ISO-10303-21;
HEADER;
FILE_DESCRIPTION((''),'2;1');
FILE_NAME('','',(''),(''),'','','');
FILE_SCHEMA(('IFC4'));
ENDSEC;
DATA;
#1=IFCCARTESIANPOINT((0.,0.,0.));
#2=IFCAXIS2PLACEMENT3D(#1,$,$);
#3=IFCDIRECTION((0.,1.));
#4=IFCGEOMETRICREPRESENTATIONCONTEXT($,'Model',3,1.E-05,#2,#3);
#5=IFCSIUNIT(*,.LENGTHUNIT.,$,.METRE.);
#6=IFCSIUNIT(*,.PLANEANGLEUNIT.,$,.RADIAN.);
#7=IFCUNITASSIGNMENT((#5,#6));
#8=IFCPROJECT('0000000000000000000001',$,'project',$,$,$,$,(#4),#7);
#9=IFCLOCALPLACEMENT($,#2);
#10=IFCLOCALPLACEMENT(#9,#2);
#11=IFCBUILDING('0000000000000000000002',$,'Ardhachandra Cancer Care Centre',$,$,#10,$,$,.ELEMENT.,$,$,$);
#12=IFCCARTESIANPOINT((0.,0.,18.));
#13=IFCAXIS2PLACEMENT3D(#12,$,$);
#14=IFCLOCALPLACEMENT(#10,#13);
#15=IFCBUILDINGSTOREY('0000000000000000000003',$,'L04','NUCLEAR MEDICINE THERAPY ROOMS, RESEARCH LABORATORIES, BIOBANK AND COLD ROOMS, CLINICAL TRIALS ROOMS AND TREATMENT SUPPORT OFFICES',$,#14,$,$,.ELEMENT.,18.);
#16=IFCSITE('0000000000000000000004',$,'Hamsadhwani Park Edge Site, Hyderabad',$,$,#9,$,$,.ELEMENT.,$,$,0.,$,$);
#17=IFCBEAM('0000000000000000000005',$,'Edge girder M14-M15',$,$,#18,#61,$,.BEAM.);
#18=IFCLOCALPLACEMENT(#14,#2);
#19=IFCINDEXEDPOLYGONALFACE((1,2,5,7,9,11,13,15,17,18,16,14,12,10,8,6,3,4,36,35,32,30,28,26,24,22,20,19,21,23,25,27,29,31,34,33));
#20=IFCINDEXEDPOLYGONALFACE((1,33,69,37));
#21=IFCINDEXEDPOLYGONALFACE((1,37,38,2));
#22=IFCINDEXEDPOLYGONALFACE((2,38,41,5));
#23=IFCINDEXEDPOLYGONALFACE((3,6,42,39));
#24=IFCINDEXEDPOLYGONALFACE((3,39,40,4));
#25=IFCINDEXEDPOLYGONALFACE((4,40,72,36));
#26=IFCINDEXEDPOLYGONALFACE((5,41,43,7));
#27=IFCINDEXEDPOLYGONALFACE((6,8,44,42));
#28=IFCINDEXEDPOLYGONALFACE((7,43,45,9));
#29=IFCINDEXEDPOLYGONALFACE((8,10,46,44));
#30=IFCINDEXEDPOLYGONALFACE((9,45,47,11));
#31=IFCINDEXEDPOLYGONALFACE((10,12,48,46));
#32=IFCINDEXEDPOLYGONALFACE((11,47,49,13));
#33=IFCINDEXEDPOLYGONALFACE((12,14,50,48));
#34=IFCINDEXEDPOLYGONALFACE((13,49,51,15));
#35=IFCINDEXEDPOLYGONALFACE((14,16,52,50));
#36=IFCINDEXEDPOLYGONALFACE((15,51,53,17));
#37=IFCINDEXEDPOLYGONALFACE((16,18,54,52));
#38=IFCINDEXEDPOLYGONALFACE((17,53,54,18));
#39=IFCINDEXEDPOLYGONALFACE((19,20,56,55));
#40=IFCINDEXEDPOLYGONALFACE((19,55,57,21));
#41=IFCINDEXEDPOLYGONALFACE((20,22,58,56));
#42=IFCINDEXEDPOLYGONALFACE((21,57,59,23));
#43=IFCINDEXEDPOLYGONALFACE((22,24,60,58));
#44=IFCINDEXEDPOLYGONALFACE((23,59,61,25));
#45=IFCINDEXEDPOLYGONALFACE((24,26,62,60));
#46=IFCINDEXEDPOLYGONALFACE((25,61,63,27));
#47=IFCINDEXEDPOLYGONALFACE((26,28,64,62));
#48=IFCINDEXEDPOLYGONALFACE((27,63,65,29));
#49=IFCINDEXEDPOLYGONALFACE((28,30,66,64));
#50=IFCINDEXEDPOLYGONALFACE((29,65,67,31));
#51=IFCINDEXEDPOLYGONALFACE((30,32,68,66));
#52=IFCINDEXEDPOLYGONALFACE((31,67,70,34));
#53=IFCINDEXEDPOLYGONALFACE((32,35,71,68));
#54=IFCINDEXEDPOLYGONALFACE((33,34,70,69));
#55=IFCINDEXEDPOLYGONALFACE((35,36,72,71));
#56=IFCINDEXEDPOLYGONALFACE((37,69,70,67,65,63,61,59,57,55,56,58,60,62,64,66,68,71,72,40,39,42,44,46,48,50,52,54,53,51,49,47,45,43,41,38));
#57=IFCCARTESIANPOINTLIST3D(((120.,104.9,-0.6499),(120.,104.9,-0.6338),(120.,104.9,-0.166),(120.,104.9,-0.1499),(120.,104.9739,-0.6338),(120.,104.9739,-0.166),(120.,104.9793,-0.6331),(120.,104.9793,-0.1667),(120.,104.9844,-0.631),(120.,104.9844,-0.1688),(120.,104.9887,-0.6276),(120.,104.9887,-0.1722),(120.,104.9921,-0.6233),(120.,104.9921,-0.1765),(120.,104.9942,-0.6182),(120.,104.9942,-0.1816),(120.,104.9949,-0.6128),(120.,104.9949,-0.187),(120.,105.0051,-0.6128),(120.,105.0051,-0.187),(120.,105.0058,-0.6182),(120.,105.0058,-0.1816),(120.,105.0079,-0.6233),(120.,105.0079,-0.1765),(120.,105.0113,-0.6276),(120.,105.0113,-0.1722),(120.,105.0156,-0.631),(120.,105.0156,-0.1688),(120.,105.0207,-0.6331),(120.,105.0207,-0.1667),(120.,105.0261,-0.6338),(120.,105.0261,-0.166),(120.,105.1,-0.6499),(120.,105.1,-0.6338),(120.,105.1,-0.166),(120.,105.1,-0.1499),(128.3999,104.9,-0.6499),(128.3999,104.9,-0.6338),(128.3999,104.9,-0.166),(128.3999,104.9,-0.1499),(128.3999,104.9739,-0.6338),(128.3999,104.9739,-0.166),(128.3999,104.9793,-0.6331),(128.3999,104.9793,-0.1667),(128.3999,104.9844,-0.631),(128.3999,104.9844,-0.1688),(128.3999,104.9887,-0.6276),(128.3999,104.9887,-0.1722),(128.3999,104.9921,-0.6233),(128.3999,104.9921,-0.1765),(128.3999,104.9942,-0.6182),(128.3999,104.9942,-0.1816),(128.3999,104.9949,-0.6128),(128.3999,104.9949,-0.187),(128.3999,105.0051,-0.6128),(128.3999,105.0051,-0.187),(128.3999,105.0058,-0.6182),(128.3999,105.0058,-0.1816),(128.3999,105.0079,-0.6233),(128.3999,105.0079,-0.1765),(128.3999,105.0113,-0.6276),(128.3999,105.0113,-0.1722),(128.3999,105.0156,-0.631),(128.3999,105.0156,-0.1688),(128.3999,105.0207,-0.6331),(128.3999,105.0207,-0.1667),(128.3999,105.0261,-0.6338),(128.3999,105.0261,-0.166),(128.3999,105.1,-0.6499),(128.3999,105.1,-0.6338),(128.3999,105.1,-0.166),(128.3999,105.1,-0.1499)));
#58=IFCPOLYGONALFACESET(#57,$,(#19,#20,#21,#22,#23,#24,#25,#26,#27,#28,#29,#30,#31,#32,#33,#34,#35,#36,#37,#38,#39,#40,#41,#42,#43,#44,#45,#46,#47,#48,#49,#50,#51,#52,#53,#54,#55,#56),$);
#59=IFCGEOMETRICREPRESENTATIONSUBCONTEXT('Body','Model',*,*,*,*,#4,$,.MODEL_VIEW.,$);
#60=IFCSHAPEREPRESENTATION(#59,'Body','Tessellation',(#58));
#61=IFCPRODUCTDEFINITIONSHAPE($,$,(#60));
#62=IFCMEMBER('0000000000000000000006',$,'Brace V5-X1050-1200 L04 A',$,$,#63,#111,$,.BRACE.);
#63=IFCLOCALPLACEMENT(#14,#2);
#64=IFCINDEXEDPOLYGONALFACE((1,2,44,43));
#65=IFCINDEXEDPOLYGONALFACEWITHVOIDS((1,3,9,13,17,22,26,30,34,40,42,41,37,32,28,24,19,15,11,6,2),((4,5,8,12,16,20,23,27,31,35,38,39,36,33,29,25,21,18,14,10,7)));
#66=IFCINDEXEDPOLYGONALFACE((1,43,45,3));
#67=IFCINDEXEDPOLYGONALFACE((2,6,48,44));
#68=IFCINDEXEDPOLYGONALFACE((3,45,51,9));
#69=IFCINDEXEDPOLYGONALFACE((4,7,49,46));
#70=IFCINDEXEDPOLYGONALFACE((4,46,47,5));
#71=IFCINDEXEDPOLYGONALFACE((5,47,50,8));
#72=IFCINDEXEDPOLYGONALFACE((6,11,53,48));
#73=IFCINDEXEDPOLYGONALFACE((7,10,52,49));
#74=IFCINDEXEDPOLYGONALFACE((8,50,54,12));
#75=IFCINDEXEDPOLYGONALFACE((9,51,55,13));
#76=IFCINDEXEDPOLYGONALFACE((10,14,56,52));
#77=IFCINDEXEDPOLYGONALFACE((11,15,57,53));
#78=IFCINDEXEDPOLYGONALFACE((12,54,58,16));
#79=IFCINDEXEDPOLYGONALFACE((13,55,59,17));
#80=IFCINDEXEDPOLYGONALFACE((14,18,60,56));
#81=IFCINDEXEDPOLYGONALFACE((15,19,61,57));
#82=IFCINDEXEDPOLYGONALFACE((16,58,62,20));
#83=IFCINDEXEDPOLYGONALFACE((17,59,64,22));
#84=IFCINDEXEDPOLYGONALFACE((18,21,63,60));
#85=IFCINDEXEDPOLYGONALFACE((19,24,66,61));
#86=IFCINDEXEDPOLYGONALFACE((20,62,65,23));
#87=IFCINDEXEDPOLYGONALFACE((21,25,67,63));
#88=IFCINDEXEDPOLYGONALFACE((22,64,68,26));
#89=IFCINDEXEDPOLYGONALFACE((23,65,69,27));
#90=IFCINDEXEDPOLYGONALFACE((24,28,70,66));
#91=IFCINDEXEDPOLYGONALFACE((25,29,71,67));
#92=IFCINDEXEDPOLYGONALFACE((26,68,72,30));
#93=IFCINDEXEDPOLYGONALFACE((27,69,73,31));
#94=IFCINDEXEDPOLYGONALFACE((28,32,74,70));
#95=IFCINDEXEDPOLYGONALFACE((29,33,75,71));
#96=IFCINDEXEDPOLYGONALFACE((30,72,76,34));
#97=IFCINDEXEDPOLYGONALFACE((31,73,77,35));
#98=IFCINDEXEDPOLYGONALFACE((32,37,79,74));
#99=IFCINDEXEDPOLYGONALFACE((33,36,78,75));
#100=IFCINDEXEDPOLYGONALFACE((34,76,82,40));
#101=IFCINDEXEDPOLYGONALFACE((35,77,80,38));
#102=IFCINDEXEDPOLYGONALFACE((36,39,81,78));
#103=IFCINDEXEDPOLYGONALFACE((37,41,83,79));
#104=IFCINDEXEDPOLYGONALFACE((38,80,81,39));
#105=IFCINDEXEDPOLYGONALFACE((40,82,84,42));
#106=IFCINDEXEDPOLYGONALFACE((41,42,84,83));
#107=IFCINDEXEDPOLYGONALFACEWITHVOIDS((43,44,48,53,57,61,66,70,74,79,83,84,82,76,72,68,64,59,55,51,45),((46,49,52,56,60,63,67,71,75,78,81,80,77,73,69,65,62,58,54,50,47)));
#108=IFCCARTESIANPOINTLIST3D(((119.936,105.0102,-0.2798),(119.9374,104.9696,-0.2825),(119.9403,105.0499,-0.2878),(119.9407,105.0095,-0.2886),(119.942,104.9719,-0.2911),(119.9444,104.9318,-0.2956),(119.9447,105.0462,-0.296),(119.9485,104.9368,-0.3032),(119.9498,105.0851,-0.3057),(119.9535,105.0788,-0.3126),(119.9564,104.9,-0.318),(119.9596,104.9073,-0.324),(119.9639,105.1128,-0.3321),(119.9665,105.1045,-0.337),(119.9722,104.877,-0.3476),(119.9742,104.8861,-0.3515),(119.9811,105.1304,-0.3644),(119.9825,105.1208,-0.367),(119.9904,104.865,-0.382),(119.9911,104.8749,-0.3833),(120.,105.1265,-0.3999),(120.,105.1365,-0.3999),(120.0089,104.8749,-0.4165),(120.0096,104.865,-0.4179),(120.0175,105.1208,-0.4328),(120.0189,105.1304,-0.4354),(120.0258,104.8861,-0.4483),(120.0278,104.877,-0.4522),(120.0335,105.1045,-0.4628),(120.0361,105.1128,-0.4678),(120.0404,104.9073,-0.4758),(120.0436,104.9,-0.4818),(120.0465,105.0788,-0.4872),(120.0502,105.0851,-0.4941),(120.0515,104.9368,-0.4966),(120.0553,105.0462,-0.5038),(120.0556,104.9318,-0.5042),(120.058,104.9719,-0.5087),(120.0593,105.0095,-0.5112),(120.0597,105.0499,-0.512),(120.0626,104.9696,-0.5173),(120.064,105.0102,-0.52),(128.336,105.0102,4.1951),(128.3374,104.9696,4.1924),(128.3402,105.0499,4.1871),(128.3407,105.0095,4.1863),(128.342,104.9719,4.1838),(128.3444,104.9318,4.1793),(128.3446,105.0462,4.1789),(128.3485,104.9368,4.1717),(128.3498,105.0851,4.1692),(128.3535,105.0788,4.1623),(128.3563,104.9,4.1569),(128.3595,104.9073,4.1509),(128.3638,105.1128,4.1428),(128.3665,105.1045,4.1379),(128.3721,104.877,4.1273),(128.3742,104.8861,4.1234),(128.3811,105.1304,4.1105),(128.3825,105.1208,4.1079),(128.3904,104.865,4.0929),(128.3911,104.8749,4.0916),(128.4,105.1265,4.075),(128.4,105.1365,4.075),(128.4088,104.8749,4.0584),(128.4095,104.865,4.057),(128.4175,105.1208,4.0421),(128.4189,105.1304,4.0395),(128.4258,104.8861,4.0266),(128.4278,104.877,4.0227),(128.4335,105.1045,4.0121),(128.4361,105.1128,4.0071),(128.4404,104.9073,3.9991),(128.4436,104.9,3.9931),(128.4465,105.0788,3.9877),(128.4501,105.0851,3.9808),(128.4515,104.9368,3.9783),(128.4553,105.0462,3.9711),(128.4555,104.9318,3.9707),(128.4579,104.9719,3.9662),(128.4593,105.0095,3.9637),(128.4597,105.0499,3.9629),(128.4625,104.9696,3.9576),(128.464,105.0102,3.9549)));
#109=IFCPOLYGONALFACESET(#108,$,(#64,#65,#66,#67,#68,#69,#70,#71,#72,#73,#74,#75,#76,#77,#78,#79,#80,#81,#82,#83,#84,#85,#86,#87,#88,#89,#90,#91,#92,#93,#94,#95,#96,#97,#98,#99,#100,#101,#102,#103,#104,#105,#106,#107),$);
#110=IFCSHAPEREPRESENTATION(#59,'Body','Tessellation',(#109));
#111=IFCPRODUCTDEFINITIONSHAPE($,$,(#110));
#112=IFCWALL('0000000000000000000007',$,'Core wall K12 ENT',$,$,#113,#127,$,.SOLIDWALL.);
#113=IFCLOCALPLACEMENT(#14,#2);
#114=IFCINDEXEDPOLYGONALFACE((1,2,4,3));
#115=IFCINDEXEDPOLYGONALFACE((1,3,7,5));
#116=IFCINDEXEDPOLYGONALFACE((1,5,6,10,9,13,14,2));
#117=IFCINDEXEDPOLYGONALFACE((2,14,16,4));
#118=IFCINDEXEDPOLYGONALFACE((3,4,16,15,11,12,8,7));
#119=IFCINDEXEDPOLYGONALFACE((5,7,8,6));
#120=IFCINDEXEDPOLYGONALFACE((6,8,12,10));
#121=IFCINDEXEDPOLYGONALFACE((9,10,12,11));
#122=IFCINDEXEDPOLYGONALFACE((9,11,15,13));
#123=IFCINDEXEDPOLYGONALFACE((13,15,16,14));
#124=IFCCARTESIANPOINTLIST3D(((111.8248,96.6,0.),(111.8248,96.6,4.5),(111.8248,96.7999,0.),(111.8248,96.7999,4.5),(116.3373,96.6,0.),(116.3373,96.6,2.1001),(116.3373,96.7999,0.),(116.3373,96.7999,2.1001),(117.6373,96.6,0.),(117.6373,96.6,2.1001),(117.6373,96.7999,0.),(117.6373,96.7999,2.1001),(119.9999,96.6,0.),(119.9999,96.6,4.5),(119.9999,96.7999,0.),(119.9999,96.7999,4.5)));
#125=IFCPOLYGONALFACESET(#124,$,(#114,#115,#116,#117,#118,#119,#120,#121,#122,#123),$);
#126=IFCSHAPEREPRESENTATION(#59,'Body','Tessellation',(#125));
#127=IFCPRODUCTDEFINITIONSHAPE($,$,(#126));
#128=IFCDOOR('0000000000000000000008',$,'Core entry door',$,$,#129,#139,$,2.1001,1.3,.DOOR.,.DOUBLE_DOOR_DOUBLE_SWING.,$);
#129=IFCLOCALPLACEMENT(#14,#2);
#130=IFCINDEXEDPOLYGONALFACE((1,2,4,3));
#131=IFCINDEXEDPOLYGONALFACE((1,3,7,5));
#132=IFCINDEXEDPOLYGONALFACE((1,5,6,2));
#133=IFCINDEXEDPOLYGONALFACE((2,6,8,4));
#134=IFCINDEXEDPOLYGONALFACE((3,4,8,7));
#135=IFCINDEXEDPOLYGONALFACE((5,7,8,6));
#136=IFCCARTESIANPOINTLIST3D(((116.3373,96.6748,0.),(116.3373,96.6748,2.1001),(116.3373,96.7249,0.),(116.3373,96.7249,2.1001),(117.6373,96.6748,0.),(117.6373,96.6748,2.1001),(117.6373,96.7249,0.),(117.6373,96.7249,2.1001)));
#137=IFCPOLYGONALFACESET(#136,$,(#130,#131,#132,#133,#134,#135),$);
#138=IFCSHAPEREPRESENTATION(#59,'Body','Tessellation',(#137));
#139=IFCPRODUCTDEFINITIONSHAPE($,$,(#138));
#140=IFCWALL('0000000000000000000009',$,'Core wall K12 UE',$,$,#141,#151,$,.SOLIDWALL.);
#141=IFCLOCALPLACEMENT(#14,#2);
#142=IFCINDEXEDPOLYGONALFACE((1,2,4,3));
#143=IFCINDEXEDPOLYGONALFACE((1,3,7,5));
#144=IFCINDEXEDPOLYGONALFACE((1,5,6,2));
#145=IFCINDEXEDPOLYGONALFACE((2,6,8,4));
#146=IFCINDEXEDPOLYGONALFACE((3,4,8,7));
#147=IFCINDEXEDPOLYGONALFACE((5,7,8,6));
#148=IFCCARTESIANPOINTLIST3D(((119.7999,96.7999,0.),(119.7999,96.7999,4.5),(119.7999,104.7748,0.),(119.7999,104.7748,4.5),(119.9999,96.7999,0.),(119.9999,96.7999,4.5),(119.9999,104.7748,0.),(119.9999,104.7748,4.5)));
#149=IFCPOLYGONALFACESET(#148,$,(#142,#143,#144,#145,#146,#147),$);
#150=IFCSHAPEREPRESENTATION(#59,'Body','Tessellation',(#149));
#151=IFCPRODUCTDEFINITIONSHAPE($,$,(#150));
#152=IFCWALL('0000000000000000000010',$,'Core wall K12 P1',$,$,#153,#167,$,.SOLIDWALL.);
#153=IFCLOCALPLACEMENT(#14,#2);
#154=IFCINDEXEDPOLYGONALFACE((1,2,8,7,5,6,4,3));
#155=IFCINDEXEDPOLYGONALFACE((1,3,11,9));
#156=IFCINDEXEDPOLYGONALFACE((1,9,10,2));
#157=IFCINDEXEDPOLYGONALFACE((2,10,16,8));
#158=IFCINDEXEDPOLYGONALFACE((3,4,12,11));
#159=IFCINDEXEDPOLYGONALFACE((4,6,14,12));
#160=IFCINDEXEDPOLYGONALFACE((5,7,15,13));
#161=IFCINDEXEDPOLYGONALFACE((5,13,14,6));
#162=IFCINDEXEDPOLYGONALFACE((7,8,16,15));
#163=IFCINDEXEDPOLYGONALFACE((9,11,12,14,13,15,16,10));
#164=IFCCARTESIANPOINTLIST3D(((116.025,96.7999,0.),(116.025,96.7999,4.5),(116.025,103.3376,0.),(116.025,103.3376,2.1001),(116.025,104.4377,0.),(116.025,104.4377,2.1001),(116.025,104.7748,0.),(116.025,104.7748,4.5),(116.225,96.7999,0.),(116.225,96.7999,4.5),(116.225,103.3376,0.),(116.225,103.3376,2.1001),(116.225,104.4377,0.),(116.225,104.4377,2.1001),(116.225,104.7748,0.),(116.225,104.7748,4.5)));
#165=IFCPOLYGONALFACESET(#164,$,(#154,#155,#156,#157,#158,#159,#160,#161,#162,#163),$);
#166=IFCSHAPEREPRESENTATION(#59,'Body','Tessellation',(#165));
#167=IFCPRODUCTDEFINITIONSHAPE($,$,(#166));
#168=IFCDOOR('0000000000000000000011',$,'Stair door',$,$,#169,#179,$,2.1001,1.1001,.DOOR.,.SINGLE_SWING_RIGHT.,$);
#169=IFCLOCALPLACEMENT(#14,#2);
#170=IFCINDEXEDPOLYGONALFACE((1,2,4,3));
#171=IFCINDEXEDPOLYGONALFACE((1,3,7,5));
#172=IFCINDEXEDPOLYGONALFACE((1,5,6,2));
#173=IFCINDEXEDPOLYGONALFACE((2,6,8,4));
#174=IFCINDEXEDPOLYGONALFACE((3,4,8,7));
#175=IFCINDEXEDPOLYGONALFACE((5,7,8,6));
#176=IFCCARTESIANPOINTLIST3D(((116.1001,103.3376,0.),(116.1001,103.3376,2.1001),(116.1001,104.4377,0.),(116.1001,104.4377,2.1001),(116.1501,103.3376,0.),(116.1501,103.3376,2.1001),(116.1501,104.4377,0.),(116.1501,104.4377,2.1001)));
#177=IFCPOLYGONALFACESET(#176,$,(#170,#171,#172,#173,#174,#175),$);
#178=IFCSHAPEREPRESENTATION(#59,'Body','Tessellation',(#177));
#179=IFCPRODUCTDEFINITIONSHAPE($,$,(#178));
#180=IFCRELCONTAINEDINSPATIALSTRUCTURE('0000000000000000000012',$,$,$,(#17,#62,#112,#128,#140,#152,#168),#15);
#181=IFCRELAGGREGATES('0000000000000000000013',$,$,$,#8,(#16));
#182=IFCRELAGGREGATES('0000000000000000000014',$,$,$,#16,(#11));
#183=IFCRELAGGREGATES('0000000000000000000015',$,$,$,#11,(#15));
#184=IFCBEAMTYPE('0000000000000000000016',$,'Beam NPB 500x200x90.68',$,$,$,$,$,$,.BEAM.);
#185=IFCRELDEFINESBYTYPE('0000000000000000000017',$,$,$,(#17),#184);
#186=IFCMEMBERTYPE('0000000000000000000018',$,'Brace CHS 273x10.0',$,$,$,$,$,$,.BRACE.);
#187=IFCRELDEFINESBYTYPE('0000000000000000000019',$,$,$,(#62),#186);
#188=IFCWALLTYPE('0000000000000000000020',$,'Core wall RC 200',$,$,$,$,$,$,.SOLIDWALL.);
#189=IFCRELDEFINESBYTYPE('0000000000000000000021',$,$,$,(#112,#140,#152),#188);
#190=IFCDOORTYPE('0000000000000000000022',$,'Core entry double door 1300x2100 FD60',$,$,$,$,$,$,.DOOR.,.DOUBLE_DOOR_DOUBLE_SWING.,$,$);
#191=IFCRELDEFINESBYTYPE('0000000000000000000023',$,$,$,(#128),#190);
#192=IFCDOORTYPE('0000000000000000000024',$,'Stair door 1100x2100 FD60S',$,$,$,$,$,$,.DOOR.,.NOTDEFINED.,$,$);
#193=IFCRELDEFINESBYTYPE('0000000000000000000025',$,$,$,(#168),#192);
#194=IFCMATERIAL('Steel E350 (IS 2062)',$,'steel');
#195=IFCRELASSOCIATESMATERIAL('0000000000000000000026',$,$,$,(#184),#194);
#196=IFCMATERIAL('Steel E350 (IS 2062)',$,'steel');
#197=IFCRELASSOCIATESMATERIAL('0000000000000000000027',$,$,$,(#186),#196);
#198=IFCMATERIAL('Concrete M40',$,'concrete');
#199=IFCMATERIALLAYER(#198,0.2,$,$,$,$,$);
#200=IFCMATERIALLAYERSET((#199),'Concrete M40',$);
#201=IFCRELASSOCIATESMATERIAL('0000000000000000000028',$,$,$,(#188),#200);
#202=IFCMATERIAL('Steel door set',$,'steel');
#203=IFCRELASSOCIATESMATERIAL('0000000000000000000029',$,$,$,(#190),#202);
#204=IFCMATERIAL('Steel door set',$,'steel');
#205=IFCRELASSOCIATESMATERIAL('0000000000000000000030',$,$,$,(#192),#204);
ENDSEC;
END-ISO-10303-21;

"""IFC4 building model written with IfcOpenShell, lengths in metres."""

from ifc_helpers import new_model, si_unit, direction, frame, frame_2d, origin, origin_2d, place, context, subcontext, project, spatial, rectangle, hollow_circle, i_section, extrude, material, layer, layer_set, material_profile, profile_set, type_object, element, fill, save


model = new_model("IFC4")

# Units and contexts
model_context = context("Model", 3, precision=1e-05, world=origin(), true_north=direction((0.0, 1.0)))
body_context = subcontext(model_context, "Body", "Model", "MODEL_VIEW")
ifc_project = project(units=[si_unit("LENGTHUNIT", "METRE"), si_unit("PLANEANGLEUNIT", "RADIAN")], contexts=[model_context])

# Site, building, storey
site_placement = place(None, origin())
site = spatial("IfcSite", under=ifc_project, at=site_placement, Name="Hamsadhwani Park Edge Site, Hyderabad", CompositionType="ELEMENT", RefElevation=0.0)
building_placement = place(site_placement, origin())
building = spatial("IfcBuilding", under=site, at=building_placement, Name="Ardhachandra Cancer Care Centre", CompositionType="ELEMENT")
storey_placement = place(building_placement, frame((0.0, 0.0, 18.0)))
storey = spatial("IfcBuildingStorey", under=building, at=storey_placement, Name="L04", Description="NUCLEAR MEDICINE THERAPY ROOMS, RESEARCH LABORATORIES, BIOBANK AND COLD ROOMS, CLINICAL TRIALS ROOMS AND TREATMENT SUPPORT OFFICES", CompositionType="ELEMENT", Elevation=18.0)

# Beam
ifc_material_1 = material(Name="Steel E350 (IS 2062)", Category="steel")
ifc_material_profile_1 = material_profile(ifc_material_1, i_section(OverallWidth=0.2, OverallDepth=0.5, WebThickness=0.0103, FlangeThickness=0.0161, FilletRadius=0.021, at=origin_2d()), Name="NPB 500x200x90.68")
ifc_profile_set_1 = profile_set([ifc_material_profile_1], Name="Steel E350 (IS 2062)")
beam_type = type_object("IfcBeamType", Name="Beam NPB 500x200x90.68", PredefinedType="BEAM", material=ifc_profile_set_1)
beam_placement = place(storey_placement, frame((120.0, 105.0, -0.3999), z_axis=(1.0, 0.0, 0.0), x_axis=(0.0, 1.0, 0.0)))
element("IfcBeam", 1, at=beam_placement, inside=storey, type_object=beam_type, Name="Edge girder M14-M15", PredefinedType="BEAM", context=body_context, shape_type="SweptSolid", body=[
    extrude(i_section(OverallWidth=0.2, OverallDepth=0.5, WebThickness=0.0103, FlangeThickness=0.0161, FilletRadius=0.021, at=origin_2d()), origin(), (0.0, 0.0, 1.0), 8.3999),
])

# Member
ifc_material_2 = material(Name="Steel E350 (IS 2062)", Category="steel")
ifc_material_profile_2 = material_profile(ifc_material_2, hollow_circle(Radius=0.1365, WallThickness=0.01, at=origin_2d()), Name="CHS 273x10.0")
ifc_profile_set_2 = profile_set([ifc_material_profile_2], Name="Steel E350 (IS 2062)")
member_type = type_object("IfcMemberType", Name="Brace CHS 273x10.0", PredefinedType="BRACE", material=ifc_profile_set_2)
member_placement = place(storey_placement, frame((120.0, 105.0, -0.3999), z_axis=(0.882575, 0.0, 0.470171), x_axis=(0.0, 1.0, 0.0)))
element("IfcMember", 2, at=member_placement, inside=storey, type_object=member_type, Name="Brace V5-X1050-1200 L04 A", PredefinedType="BRACE", context=body_context, shape_type="SweptSolid", body=[
    extrude(hollow_circle(Radius=0.1365, WallThickness=0.01, at=origin_2d()), origin(), (0.0, 0.0, 1.0), 9.5176),
])

# Wall, opening, door
ifc_material_3 = material(Name="Concrete M40", Category="concrete")
ifc_layer_1 = layer(ifc_material_3, 0.2)
ifc_layer_set_1 = layer_set([ifc_layer_1], Name="Concrete M40")
wall_type = type_object("IfcWallType", Name="Core wall RC 200", PredefinedType="SOLIDWALL", material=ifc_layer_set_1)
wall_1_placement = place(storey_placement, frame((111.825, 96.7, 0.0), z_axis=(0.0, 0.0, 1.0), x_axis=(1.0, 0.0, 0.0)))
wall_1 = element("IfcWall", 3, at=wall_1_placement, inside=storey, type_object=wall_type, Name="Core wall K12 ENT", PredefinedType="SOLIDWALL", context=body_context, shape_type="SweptSolid", body=[
    extrude(rectangle(XDim=8.175, YDim=0.2, at=frame_2d((4.0874, 0.0))), origin(), (0.0, 0.0, 1.0), 4.5),
])
opening_1_placement = place(wall_1_placement, frame((4.5125, 0.0, 0.0)))
opening_1 = element("IfcOpeningElement", 4, at=opening_1_placement, cuts=wall_1, PredefinedType="OPENING", context=body_context, shape_type="SweptSolid", body=[
    extrude(rectangle(XDim=1.3, YDim=2.1001, at=frame_2d((0.6499, 1.05))), frame((0.0, 0.1099, 0.0), z_axis=(0.0, -1.0, 0.0), x_axis=(1.0, 0.0, 0.0)), (0.0, 0.0, 1.0), 0.22),
])
ifc_material_4 = material(Name="Steel door set", Category="steel")
door_type_1 = type_object("IfcDoorType", Name="Core entry double door 1300x2100 FD60", OperationType="DOUBLE_DOOR_DOUBLE_SWING", PredefinedType="DOOR", material=ifc_material_4)
door_1_placement = place(opening_1_placement, origin())
door_1 = element("IfcDoor", 5, at=door_1_placement, inside=storey, type_object=door_type_1, Name="Core entry door", OperationType="DOUBLE_DOOR_DOUBLE_SWING", OverallHeight=2.1001, OverallWidth=1.3, PredefinedType="DOOR", context=body_context, shape_type="SweptSolid", body=[
    extrude(rectangle(XDim=1.3, YDim=2.1001, at=frame_2d((0.6499, 1.05))), frame((0.0, 0.0249, 0.0), z_axis=(0.0, -1.0, 0.0), x_axis=(1.0, 0.0, 0.0)), (0.0, 0.0, 1.0), 0.05),
])
fill(opening_1, door_1)

# Wall
wall_2_placement = place(storey_placement, frame((119.8999, 96.8, 0.0), z_axis=(0.0, 0.0, 1.0), x_axis=(0.0, 1.0, 0.0)))
element("IfcWall", 6, at=wall_2_placement, inside=storey, type_object=wall_type, Name="Core wall K12 UE", PredefinedType="SOLIDWALL", context=body_context, shape_type="SweptSolid", body=[
    extrude(rectangle(XDim=7.9749, YDim=0.2, at=frame_2d((3.9873, 0.0))), origin(), (0.0, 0.0, 1.0), 4.5),
])

# Wall, opening, door
wall_3_placement = place(storey_placement, frame((116.125, 96.8, 0.0), z_axis=(0.0, 0.0, 1.0), x_axis=(0.0, 1.0, 0.0)))
wall_3 = element("IfcWall", 7, at=wall_3_placement, inside=storey, type_object=wall_type, Name="Core wall K12 P1", PredefinedType="SOLIDWALL", context=body_context, shape_type="SweptSolid", body=[
    extrude(rectangle(XDim=7.9749, YDim=0.2, at=frame_2d((3.9873, 0.0))), origin(), (0.0, 0.0, 1.0), 4.5),
])
opening_2_placement = place(wall_3_placement, frame((6.5376, 0.0, 0.0)))
opening_2 = element("IfcOpeningElement", 8, at=opening_2_placement, cuts=wall_3, PredefinedType="OPENING", context=body_context, shape_type="SweptSolid", body=[
    extrude(rectangle(XDim=1.1001, YDim=2.1001, at=frame_2d((0.55, 1.05))), frame((0.0, 0.1099, 0.0), z_axis=(0.0, -1.0, 0.0), x_axis=(1.0, 0.0, 0.0)), (0.0, 0.0, 1.0), 0.22),
])
ifc_material_5 = material(Name="Steel door set", Category="steel")
door_type_2 = type_object("IfcDoorType", Name="Stair door 1100x2100 FD60S", OperationType="NOTDEFINED", PredefinedType="DOOR", material=ifc_material_5)
door_2_placement = place(opening_2_placement, origin())
door_2 = element("IfcDoor", 9, at=door_2_placement, inside=storey, type_object=door_type_2, Name="Stair door", OperationType="SINGLE_SWING_RIGHT", OverallHeight=2.1001, OverallWidth=1.1001, PredefinedType="DOOR", context=body_context, shape_type="SweptSolid", body=[
    extrude(rectangle(XDim=1.1001, YDim=2.1001, at=frame_2d((0.55, 1.05))), frame((0.0, 0.0249, 0.0), z_axis=(0.0, -1.0, 0.0), x_axis=(1.0, 0.0, 0.0)), (0.0, 0.0, 1.0), 0.05),
])
fill(opening_2, door_2)

save(model, "model.ifc")
